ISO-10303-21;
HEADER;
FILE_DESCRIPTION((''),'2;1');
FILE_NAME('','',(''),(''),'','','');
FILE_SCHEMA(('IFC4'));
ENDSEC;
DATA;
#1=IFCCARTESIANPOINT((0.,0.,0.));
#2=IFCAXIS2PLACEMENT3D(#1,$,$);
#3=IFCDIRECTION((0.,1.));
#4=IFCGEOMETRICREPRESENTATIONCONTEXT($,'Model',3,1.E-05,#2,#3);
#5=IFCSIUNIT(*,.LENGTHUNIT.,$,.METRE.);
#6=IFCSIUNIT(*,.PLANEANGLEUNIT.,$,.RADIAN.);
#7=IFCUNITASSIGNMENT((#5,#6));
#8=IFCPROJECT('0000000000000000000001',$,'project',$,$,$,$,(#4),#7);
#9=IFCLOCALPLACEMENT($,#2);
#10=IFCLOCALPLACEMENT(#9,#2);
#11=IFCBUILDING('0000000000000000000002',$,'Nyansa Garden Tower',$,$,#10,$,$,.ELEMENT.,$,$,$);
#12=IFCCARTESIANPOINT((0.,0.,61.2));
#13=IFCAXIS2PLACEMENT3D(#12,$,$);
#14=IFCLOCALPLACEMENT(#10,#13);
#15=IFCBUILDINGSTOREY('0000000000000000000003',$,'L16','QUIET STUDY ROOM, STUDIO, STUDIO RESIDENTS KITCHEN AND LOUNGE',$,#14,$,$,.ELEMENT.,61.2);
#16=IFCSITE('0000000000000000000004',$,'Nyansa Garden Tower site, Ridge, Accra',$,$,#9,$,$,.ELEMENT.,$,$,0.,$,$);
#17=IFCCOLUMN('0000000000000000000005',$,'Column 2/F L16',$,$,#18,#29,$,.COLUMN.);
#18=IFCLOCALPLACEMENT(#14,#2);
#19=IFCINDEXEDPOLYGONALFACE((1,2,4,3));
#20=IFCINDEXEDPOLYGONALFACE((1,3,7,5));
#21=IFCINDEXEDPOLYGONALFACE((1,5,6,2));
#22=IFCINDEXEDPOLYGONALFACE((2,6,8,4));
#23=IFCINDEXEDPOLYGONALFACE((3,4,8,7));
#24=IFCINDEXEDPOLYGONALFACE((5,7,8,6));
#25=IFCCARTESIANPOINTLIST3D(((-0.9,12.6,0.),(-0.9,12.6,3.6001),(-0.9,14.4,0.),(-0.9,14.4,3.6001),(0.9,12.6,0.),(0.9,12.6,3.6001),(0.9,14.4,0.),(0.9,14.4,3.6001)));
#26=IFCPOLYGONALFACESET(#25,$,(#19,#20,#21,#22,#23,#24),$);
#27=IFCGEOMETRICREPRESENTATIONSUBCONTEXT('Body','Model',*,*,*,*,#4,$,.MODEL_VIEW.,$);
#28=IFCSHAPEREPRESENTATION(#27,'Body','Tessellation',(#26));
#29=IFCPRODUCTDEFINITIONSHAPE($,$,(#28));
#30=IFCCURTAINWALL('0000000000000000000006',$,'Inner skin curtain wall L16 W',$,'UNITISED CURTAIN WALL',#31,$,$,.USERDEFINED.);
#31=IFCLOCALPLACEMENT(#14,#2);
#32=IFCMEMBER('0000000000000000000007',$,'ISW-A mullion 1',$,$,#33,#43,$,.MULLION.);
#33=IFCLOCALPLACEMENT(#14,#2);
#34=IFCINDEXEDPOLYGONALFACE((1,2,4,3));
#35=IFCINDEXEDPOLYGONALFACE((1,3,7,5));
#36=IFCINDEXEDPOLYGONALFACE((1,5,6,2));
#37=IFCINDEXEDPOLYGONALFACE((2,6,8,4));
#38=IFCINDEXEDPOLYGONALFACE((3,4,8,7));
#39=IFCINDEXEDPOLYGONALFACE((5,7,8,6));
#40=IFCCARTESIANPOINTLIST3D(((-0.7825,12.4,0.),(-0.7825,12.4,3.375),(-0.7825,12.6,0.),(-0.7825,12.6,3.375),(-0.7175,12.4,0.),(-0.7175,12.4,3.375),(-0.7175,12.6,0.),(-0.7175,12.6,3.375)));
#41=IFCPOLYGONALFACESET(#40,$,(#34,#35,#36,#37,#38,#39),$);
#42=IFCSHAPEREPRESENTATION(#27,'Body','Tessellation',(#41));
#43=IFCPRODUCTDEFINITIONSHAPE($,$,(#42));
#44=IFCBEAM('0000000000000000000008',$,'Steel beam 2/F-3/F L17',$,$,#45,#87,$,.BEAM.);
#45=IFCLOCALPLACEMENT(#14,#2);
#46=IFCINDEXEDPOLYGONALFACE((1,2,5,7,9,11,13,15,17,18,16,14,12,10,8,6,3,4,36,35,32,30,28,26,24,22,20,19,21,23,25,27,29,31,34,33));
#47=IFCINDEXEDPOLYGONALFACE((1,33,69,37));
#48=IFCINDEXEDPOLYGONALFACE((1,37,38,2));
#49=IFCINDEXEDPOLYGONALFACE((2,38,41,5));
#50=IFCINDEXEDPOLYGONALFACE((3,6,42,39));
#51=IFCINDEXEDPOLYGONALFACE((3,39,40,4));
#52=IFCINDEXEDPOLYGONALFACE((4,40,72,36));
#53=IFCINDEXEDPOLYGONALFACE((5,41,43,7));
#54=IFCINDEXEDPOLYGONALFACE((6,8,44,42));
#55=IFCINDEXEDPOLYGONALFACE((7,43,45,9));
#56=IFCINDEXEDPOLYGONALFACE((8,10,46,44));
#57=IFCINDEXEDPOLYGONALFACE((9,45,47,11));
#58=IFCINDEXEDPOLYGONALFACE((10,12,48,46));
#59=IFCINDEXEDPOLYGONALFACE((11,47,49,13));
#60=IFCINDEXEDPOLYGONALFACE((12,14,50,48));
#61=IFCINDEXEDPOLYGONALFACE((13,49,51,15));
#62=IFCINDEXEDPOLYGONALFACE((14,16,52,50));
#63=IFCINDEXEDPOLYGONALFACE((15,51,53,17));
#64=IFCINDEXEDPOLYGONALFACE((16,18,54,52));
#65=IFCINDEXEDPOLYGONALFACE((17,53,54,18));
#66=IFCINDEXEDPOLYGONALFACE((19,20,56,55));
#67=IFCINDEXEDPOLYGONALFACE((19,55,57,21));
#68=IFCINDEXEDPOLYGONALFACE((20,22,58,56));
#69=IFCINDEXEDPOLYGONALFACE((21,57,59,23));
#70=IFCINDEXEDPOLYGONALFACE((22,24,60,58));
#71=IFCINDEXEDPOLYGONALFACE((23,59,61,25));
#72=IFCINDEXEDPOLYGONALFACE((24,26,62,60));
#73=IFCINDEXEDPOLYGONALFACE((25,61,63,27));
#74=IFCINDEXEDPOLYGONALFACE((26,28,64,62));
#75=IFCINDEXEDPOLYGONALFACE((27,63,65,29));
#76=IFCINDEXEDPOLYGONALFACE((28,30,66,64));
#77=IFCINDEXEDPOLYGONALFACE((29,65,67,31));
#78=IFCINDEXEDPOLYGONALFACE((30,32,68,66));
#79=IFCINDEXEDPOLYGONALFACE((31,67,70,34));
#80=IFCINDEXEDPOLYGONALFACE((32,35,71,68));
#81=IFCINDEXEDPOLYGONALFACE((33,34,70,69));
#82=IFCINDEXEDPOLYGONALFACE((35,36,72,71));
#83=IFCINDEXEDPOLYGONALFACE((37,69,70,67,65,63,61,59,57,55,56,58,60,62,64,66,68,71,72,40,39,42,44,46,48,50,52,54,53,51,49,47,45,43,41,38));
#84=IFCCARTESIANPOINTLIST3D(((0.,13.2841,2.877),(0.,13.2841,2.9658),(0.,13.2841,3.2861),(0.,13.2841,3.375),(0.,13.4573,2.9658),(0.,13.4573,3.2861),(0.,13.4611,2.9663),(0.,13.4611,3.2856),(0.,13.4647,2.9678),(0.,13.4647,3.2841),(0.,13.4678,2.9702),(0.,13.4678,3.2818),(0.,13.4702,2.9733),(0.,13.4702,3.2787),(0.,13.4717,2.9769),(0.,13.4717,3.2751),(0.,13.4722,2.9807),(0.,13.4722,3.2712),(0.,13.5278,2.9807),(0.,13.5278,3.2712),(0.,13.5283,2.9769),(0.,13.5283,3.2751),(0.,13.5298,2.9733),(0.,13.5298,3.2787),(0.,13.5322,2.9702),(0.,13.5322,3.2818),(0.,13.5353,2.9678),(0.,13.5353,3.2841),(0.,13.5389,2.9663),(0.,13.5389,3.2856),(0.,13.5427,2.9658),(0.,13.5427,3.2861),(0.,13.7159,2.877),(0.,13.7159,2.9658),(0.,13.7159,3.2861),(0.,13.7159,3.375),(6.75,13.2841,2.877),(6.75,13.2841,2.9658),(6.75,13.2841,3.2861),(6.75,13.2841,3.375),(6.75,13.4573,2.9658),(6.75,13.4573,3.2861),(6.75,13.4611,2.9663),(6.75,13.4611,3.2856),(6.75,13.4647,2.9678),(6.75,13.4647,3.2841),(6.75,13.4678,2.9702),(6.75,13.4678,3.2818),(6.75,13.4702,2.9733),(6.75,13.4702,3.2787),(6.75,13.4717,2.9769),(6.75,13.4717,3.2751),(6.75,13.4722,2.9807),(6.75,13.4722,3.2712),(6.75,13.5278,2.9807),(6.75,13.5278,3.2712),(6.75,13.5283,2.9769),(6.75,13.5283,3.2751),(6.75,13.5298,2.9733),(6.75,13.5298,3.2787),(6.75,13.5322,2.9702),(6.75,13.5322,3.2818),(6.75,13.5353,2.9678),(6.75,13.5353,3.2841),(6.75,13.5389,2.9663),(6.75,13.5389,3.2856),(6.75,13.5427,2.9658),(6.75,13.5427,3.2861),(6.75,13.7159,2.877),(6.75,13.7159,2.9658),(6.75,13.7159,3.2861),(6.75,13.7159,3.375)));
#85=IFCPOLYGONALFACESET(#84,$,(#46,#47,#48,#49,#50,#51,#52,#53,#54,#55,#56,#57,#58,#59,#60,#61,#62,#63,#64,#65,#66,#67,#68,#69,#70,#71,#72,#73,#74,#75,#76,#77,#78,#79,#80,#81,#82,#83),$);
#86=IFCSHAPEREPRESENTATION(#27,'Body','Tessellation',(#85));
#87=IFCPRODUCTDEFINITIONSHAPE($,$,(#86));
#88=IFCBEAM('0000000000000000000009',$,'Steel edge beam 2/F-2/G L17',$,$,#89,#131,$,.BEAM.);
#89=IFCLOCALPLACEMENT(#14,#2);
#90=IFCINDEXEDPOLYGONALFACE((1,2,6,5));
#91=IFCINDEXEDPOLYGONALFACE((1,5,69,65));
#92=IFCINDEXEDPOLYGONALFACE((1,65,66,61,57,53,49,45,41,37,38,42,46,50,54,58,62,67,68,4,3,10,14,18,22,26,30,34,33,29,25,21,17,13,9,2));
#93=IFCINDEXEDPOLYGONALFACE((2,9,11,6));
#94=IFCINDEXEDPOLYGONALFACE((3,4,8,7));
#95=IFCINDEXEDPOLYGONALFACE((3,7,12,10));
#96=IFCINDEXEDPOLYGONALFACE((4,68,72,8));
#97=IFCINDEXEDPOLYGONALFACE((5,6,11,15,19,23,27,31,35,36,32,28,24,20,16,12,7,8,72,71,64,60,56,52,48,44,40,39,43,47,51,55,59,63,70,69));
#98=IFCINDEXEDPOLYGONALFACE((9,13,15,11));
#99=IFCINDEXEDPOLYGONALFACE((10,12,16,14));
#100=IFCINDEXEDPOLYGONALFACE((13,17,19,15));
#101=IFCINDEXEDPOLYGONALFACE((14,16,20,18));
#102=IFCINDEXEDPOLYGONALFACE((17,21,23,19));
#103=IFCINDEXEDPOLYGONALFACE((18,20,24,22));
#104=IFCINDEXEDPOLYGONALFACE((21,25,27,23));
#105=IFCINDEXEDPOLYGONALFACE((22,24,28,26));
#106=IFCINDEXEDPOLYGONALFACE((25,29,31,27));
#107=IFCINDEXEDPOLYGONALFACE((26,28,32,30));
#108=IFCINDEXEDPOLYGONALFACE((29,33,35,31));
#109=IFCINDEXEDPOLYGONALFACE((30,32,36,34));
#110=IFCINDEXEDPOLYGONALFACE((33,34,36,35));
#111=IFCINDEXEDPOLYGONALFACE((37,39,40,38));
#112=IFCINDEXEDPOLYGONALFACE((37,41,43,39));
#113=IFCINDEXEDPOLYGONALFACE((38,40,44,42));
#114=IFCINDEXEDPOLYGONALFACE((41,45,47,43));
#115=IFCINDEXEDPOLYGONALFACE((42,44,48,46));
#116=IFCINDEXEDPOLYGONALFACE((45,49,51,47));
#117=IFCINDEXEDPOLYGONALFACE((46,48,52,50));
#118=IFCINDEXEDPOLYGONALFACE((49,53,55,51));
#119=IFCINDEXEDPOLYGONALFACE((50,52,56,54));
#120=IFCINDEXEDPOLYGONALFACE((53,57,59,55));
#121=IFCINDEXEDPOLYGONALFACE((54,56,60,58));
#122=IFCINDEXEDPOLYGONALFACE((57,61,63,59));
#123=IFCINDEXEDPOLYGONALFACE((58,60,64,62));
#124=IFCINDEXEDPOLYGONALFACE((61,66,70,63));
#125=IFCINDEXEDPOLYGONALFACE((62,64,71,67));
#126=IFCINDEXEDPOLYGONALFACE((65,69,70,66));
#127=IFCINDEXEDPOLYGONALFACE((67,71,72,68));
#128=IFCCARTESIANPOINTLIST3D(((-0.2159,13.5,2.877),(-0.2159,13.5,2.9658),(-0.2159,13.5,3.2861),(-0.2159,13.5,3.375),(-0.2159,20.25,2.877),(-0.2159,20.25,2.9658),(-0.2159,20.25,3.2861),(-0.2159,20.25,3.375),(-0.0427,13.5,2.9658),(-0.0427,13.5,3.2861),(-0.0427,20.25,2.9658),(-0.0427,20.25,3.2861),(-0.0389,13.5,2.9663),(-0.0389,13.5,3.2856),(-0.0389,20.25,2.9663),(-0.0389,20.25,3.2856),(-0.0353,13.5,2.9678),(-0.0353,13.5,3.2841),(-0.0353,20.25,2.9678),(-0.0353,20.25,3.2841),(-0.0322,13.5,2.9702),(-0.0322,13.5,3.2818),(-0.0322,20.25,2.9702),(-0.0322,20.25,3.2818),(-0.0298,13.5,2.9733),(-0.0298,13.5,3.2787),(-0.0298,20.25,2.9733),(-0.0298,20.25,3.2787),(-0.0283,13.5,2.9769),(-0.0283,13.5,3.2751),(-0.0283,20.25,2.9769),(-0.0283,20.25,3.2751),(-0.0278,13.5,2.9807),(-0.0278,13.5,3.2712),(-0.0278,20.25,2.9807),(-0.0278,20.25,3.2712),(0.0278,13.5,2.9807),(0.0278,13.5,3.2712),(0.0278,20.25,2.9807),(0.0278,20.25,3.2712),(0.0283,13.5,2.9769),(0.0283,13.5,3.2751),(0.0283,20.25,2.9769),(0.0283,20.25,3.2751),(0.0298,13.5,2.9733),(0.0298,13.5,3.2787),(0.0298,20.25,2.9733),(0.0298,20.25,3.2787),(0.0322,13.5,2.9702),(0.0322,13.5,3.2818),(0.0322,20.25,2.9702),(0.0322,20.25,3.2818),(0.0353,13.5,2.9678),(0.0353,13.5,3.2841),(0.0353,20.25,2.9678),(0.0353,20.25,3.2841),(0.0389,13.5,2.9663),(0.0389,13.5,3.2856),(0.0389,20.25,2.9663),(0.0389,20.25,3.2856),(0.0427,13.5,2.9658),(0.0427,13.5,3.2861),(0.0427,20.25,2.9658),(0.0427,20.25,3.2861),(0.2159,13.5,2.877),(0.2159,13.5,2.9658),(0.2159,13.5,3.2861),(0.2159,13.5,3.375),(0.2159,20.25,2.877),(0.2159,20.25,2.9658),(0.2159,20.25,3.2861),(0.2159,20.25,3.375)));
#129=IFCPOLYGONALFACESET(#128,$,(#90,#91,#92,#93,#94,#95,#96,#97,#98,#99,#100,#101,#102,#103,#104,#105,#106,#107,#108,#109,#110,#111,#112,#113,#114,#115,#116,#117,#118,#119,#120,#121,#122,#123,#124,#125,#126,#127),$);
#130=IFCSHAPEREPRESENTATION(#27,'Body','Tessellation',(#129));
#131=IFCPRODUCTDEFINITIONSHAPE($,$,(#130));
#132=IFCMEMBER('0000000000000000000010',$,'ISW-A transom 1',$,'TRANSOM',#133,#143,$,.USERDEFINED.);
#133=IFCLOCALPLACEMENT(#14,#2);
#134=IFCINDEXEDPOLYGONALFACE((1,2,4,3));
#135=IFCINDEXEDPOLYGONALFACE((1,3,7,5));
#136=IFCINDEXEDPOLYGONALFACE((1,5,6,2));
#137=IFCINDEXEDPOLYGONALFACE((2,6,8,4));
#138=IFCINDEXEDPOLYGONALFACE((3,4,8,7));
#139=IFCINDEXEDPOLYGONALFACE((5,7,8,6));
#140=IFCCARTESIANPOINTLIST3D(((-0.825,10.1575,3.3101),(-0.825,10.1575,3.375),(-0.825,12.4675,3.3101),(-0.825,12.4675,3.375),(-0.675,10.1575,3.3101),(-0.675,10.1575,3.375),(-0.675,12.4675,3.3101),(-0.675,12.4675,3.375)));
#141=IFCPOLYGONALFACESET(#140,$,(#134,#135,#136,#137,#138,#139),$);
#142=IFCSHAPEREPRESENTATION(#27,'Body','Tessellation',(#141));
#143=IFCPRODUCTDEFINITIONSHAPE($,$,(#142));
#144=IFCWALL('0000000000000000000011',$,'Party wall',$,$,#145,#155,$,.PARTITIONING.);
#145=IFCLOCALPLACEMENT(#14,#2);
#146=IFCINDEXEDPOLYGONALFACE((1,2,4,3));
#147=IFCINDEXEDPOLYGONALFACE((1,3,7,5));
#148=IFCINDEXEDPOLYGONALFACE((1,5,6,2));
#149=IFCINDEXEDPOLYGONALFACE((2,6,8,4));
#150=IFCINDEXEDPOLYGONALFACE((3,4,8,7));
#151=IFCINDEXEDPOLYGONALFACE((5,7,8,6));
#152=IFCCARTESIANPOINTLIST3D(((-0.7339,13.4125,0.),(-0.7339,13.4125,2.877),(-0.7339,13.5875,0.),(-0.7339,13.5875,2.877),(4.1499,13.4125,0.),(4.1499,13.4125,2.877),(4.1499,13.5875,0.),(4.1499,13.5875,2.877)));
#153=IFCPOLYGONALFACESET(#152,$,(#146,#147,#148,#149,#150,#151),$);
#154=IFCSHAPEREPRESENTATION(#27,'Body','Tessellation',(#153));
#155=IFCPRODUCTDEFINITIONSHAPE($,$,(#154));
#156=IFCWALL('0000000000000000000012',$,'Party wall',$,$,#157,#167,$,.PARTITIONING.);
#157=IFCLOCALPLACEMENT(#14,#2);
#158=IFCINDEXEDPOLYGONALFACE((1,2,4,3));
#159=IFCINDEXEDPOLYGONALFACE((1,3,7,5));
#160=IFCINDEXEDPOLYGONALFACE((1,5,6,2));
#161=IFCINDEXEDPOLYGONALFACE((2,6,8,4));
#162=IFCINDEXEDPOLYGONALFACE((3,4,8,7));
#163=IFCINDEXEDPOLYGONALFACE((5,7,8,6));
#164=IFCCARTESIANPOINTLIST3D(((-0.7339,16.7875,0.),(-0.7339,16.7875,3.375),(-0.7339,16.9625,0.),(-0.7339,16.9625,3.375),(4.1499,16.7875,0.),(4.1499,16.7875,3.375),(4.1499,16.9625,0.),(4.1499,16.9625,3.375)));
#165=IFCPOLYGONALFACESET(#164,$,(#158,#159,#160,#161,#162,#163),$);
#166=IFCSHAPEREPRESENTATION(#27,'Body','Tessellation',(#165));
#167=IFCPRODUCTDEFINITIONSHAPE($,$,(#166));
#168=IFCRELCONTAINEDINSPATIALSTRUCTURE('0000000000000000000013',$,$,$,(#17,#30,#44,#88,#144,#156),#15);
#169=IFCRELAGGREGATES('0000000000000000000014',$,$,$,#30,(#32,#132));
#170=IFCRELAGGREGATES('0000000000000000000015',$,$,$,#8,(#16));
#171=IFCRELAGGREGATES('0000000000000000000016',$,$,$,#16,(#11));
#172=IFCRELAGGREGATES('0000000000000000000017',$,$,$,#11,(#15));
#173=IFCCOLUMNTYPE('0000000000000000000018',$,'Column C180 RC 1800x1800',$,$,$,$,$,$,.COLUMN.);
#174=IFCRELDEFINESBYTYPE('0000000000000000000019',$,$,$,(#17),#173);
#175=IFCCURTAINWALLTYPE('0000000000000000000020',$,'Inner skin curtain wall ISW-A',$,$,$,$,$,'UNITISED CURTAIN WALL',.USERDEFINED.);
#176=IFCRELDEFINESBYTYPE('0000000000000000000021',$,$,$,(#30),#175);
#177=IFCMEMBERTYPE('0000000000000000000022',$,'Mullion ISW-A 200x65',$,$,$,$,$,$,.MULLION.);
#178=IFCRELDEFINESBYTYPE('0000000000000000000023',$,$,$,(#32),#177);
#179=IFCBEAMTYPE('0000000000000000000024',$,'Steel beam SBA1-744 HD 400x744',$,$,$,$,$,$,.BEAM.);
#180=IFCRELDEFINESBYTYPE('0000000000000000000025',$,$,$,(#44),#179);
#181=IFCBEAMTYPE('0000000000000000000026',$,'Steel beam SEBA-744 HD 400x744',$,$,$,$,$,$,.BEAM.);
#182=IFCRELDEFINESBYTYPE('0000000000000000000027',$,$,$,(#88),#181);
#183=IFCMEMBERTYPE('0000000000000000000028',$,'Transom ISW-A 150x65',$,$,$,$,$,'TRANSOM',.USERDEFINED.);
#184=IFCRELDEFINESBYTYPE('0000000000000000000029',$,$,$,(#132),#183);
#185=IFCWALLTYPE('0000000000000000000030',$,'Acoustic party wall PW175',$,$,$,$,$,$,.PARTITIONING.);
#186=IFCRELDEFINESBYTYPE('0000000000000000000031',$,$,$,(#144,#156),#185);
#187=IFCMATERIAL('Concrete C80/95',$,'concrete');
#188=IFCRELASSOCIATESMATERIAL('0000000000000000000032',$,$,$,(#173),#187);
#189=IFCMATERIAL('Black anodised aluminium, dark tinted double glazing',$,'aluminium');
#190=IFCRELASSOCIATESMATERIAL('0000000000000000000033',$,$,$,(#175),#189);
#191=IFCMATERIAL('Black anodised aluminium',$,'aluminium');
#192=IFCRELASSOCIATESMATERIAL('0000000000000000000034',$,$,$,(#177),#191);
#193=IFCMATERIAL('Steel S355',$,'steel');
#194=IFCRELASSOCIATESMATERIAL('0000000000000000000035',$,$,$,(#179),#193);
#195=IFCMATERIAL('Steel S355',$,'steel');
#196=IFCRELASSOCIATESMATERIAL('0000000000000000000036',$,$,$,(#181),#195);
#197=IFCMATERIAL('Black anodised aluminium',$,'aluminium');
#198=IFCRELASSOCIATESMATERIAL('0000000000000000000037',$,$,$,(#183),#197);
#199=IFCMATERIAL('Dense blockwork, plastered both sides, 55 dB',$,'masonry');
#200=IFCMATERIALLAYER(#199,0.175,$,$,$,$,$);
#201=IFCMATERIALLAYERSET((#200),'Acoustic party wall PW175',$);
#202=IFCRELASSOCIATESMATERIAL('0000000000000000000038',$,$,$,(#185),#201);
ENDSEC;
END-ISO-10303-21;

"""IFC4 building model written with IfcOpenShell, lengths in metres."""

from ifc_helpers import new_model, si_unit, direction, frame, frame_2d, origin, origin_2d, place, context, subcontext, project, spatial, rectangle, i_section, extrude, material, layer, layer_set, material_profile, profile_set, type_object, element, aggregate, save


model = new_model("IFC4")

# Units and contexts
model_context = context("Model", 3, precision=1e-05, world=origin(), true_north=direction((0.0, 1.0)))
body_context = subcontext(model_context, "Body", "Model", "MODEL_VIEW")
ifc_project = project(units=[si_unit("LENGTHUNIT", "METRE"), si_unit("PLANEANGLEUNIT", "RADIAN")], contexts=[model_context])

# Site, building, storey
site_placement = place(None, origin())
site = spatial("IfcSite", under=ifc_project, at=site_placement, Name="Nyansa Garden Tower site, Ridge, Accra", CompositionType="ELEMENT", RefElevation=0.0)
building_placement = place(site_placement, origin())
building = spatial("IfcBuilding", under=site, at=building_placement, Name="Nyansa Garden Tower", CompositionType="ELEMENT")
storey_placement = place(building_placement, frame((0.0, 0.0, 61.2)))
storey = spatial("IfcBuildingStorey", under=building, at=storey_placement, Name="L16", Description="QUIET STUDY ROOM, STUDIO, STUDIO RESIDENTS KITCHEN AND LOUNGE", CompositionType="ELEMENT", Elevation=61.2)

# Column
ifc_material_1 = material(Name="Concrete C80/95", Category="concrete")
ifc_material_profile_1 = material_profile(ifc_material_1, rectangle(XDim=1.8, YDim=1.8, at=origin_2d()), Name="RC 1800x1800")
ifc_profile_set_1 = profile_set([ifc_material_profile_1], Name="Concrete C80/95")
column_type = type_object("IfcColumnType", Name="Column C180 RC 1800x1800", PredefinedType="COLUMN", material=ifc_profile_set_1)
column_placement = place(storey_placement, frame((0.0, 13.5, 0.0), z_axis=(0.0, 0.0, 1.0), x_axis=(1.0, 0.0, 0.0)))
element("IfcColumn", 1, at=column_placement, inside=storey, type_object=column_type, Name="Column 2/F L16", PredefinedType="COLUMN", context=body_context, shape_type="SweptSolid", body=[
    extrude(rectangle(XDim=1.8, YDim=1.8, at=origin_2d()), origin(), (0.0, 0.0, 1.0), 3.6001),
])

# Curtain wall, member
ifc_material_2 = material(Name="Black anodised aluminium, dark tinted double glazing", Category="aluminium")
curtain_wall_type = type_object("IfcCurtainWallType", Name="Inner skin curtain wall ISW-A", ElementType="UNITISED CURTAIN WALL", PredefinedType="USERDEFINED", material=ifc_material_2)
curtain_wall_placement = place(storey_placement, origin())
curtain_wall = element("IfcCurtainWall", 2, at=curtain_wall_placement, inside=storey, type_object=curtain_wall_type, Name="Inner skin curtain wall L16 W", ObjectType="UNITISED CURTAIN WALL", PredefinedType="USERDEFINED")
ifc_material_3 = material(Name="Black anodised aluminium", Category="aluminium")
ifc_material_profile_2 = material_profile(ifc_material_3, rectangle(XDim=0.0649, YDim=0.2, at=origin_2d()), Name="Mullion 200x65")
ifc_profile_set_2 = profile_set([ifc_material_profile_2], Name="Black anodised aluminium")
member_type_1 = type_object("IfcMemberType", Name="Mullion ISW-A 200x65", PredefinedType="MULLION", material=ifc_profile_set_2)
member_1_placement = place(storey_placement, frame((-0.75, 12.5, 0.0), z_axis=(0.0, 0.0, 1.0), x_axis=(1.0, 0.0, 0.0)))
member_1 = element("IfcMember", 3, at=member_1_placement, type_object=member_type_1, Name="ISW-A mullion 1", PredefinedType="MULLION", context=body_context, shape_type="SweptSolid", body=[
    extrude(rectangle(XDim=0.0649, YDim=0.2, at=origin_2d()), origin(), (0.0, 0.0, 1.0), 3.375),
])

# Beams
ifc_material_4 = material(Name="Steel S355", Category="steel")
ifc_material_profile_3 = material_profile(ifc_material_4, i_section(OverallWidth=0.4319, OverallDepth=0.498, WebThickness=0.0557, FlangeThickness=0.0889, FilletRadius=0.0149, at=origin_2d()), Name="HD 400x744")
ifc_profile_set_3 = profile_set([ifc_material_profile_3], Name="Steel S355")
beam_type_1 = type_object("IfcBeamType", Name="Steel beam SBA1-744 HD 400x744", PredefinedType="BEAM", material=ifc_profile_set_3)
beam_1_placement = place(storey_placement, frame((0.0, 13.5, 3.126), z_axis=(1.0, 0.0, 0.0), x_axis=(0.0, 1.0, 0.0)))
element("IfcBeam", 4, at=beam_1_placement, inside=storey, type_object=beam_type_1, Name="Steel beam 2/F-3/F L17", PredefinedType="BEAM", context=body_context, shape_type="SweptSolid", body=[
    extrude(i_section(OverallWidth=0.4319, OverallDepth=0.498, WebThickness=0.0557, FlangeThickness=0.0889, FilletRadius=0.0149, at=origin_2d()), origin(), (0.0, 0.0, 1.0), 6.75),
])
ifc_material_5 = material(Name="Steel S355", Category="steel")
ifc_material_profile_4 = material_profile(ifc_material_5, i_section(OverallWidth=0.4319, OverallDepth=0.498, WebThickness=0.0557, FlangeThickness=0.0889, FilletRadius=0.0149, at=origin_2d()), Name="HD 400x744")
ifc_profile_set_4 = profile_set([ifc_material_profile_4], Name="Steel S355")
beam_type_2 = type_object("IfcBeamType", Name="Steel beam SEBA-744 HD 400x744", PredefinedType="BEAM", material=ifc_profile_set_4)
beam_2_placement = place(storey_placement, frame((0.0, 13.5, 3.126), z_axis=(0.0, 1.0, 0.0), x_axis=(-1.0, 0.0, 0.0)))
element("IfcBeam", 5, at=beam_2_placement, inside=storey, type_object=beam_type_2, Name="Steel edge beam 2/F-2/G L17", PredefinedType="BEAM", context=body_context, shape_type="SweptSolid", body=[
    extrude(i_section(OverallWidth=0.4319, OverallDepth=0.498, WebThickness=0.0557, FlangeThickness=0.0889, FilletRadius=0.0149, at=origin_2d()), origin(), (0.0, 0.0, 1.0), 6.75),
])

# Member
ifc_material_6 = material(Name="Black anodised aluminium", Category="aluminium")
ifc_material_profile_5 = material_profile(ifc_material_6, rectangle(XDim=0.1499, YDim=0.0649, at=origin_2d()), Name="Transom 150x65")
ifc_profile_set_5 = profile_set([ifc_material_profile_5], Name="Black anodised aluminium")
member_type_2 = type_object("IfcMemberType", Name="Transom ISW-A 150x65", ElementType="TRANSOM", PredefinedType="USERDEFINED", material=ifc_profile_set_5)
member_2_placement = place(storey_placement, frame((-0.75, 12.4675, 3.3425), z_axis=(0.0, -1.0, 0.0), x_axis=(1.0, 0.0, 0.0)))
member_2 = element("IfcMember", 6, at=member_2_placement, type_object=member_type_2, Name="ISW-A transom 1", ObjectType="TRANSOM", PredefinedType="USERDEFINED", context=body_context, shape_type="SweptSolid", body=[
    extrude(rectangle(XDim=0.1499, YDim=0.0649, at=origin_2d()), origin(), (0.0, 0.0, 1.0), 2.3101),
])
aggregate(curtain_wall, [member_1, member_2])

# Walls
ifc_material_7 = material(Name="Dense blockwork, plastered both sides, 55 dB", Category="masonry")
ifc_layer_1 = layer(ifc_material_7, 0.175)
ifc_layer_set_1 = layer_set([ifc_layer_1], Name="Acoustic party wall PW175")
wall_type_1 = type_object("IfcWallType", Name="Acoustic party wall PW175", PredefinedType="PARTITIONING", material=ifc_layer_set_1)
wall_1_placement = place(storey_placement, frame((-0.7339, 13.5, 0.0), z_axis=(0.0, 0.0, 1.0), x_axis=(1.0, 0.0, 0.0)))
element("IfcWall", 7, at=wall_1_placement, inside=storey, type_object=wall_type_1, Name="Party wall", PredefinedType="PARTITIONING", context=body_context, shape_type="SweptSolid", body=[
    extrude(rectangle(XDim=4.8838, YDim=0.175, at=frame_2d((2.4419, 0.0))), origin(), (0.0, 0.0, 1.0), 2.877),
])
wall_2_placement = place(storey_placement, frame((-0.7339, 16.875, 0.0), z_axis=(0.0, 0.0, 1.0), x_axis=(1.0, 0.0, 0.0)))
element("IfcWall", 8, at=wall_2_placement, inside=storey, type_object=wall_type_1, Name="Party wall", PredefinedType="PARTITIONING", context=body_context, shape_type="SweptSolid", body=[
    extrude(rectangle(XDim=4.8838, YDim=0.175, at=frame_2d((2.4419, 0.0))), origin(), (0.0, 0.0, 1.0), 3.375),
])

save(model, "model.ifc")
